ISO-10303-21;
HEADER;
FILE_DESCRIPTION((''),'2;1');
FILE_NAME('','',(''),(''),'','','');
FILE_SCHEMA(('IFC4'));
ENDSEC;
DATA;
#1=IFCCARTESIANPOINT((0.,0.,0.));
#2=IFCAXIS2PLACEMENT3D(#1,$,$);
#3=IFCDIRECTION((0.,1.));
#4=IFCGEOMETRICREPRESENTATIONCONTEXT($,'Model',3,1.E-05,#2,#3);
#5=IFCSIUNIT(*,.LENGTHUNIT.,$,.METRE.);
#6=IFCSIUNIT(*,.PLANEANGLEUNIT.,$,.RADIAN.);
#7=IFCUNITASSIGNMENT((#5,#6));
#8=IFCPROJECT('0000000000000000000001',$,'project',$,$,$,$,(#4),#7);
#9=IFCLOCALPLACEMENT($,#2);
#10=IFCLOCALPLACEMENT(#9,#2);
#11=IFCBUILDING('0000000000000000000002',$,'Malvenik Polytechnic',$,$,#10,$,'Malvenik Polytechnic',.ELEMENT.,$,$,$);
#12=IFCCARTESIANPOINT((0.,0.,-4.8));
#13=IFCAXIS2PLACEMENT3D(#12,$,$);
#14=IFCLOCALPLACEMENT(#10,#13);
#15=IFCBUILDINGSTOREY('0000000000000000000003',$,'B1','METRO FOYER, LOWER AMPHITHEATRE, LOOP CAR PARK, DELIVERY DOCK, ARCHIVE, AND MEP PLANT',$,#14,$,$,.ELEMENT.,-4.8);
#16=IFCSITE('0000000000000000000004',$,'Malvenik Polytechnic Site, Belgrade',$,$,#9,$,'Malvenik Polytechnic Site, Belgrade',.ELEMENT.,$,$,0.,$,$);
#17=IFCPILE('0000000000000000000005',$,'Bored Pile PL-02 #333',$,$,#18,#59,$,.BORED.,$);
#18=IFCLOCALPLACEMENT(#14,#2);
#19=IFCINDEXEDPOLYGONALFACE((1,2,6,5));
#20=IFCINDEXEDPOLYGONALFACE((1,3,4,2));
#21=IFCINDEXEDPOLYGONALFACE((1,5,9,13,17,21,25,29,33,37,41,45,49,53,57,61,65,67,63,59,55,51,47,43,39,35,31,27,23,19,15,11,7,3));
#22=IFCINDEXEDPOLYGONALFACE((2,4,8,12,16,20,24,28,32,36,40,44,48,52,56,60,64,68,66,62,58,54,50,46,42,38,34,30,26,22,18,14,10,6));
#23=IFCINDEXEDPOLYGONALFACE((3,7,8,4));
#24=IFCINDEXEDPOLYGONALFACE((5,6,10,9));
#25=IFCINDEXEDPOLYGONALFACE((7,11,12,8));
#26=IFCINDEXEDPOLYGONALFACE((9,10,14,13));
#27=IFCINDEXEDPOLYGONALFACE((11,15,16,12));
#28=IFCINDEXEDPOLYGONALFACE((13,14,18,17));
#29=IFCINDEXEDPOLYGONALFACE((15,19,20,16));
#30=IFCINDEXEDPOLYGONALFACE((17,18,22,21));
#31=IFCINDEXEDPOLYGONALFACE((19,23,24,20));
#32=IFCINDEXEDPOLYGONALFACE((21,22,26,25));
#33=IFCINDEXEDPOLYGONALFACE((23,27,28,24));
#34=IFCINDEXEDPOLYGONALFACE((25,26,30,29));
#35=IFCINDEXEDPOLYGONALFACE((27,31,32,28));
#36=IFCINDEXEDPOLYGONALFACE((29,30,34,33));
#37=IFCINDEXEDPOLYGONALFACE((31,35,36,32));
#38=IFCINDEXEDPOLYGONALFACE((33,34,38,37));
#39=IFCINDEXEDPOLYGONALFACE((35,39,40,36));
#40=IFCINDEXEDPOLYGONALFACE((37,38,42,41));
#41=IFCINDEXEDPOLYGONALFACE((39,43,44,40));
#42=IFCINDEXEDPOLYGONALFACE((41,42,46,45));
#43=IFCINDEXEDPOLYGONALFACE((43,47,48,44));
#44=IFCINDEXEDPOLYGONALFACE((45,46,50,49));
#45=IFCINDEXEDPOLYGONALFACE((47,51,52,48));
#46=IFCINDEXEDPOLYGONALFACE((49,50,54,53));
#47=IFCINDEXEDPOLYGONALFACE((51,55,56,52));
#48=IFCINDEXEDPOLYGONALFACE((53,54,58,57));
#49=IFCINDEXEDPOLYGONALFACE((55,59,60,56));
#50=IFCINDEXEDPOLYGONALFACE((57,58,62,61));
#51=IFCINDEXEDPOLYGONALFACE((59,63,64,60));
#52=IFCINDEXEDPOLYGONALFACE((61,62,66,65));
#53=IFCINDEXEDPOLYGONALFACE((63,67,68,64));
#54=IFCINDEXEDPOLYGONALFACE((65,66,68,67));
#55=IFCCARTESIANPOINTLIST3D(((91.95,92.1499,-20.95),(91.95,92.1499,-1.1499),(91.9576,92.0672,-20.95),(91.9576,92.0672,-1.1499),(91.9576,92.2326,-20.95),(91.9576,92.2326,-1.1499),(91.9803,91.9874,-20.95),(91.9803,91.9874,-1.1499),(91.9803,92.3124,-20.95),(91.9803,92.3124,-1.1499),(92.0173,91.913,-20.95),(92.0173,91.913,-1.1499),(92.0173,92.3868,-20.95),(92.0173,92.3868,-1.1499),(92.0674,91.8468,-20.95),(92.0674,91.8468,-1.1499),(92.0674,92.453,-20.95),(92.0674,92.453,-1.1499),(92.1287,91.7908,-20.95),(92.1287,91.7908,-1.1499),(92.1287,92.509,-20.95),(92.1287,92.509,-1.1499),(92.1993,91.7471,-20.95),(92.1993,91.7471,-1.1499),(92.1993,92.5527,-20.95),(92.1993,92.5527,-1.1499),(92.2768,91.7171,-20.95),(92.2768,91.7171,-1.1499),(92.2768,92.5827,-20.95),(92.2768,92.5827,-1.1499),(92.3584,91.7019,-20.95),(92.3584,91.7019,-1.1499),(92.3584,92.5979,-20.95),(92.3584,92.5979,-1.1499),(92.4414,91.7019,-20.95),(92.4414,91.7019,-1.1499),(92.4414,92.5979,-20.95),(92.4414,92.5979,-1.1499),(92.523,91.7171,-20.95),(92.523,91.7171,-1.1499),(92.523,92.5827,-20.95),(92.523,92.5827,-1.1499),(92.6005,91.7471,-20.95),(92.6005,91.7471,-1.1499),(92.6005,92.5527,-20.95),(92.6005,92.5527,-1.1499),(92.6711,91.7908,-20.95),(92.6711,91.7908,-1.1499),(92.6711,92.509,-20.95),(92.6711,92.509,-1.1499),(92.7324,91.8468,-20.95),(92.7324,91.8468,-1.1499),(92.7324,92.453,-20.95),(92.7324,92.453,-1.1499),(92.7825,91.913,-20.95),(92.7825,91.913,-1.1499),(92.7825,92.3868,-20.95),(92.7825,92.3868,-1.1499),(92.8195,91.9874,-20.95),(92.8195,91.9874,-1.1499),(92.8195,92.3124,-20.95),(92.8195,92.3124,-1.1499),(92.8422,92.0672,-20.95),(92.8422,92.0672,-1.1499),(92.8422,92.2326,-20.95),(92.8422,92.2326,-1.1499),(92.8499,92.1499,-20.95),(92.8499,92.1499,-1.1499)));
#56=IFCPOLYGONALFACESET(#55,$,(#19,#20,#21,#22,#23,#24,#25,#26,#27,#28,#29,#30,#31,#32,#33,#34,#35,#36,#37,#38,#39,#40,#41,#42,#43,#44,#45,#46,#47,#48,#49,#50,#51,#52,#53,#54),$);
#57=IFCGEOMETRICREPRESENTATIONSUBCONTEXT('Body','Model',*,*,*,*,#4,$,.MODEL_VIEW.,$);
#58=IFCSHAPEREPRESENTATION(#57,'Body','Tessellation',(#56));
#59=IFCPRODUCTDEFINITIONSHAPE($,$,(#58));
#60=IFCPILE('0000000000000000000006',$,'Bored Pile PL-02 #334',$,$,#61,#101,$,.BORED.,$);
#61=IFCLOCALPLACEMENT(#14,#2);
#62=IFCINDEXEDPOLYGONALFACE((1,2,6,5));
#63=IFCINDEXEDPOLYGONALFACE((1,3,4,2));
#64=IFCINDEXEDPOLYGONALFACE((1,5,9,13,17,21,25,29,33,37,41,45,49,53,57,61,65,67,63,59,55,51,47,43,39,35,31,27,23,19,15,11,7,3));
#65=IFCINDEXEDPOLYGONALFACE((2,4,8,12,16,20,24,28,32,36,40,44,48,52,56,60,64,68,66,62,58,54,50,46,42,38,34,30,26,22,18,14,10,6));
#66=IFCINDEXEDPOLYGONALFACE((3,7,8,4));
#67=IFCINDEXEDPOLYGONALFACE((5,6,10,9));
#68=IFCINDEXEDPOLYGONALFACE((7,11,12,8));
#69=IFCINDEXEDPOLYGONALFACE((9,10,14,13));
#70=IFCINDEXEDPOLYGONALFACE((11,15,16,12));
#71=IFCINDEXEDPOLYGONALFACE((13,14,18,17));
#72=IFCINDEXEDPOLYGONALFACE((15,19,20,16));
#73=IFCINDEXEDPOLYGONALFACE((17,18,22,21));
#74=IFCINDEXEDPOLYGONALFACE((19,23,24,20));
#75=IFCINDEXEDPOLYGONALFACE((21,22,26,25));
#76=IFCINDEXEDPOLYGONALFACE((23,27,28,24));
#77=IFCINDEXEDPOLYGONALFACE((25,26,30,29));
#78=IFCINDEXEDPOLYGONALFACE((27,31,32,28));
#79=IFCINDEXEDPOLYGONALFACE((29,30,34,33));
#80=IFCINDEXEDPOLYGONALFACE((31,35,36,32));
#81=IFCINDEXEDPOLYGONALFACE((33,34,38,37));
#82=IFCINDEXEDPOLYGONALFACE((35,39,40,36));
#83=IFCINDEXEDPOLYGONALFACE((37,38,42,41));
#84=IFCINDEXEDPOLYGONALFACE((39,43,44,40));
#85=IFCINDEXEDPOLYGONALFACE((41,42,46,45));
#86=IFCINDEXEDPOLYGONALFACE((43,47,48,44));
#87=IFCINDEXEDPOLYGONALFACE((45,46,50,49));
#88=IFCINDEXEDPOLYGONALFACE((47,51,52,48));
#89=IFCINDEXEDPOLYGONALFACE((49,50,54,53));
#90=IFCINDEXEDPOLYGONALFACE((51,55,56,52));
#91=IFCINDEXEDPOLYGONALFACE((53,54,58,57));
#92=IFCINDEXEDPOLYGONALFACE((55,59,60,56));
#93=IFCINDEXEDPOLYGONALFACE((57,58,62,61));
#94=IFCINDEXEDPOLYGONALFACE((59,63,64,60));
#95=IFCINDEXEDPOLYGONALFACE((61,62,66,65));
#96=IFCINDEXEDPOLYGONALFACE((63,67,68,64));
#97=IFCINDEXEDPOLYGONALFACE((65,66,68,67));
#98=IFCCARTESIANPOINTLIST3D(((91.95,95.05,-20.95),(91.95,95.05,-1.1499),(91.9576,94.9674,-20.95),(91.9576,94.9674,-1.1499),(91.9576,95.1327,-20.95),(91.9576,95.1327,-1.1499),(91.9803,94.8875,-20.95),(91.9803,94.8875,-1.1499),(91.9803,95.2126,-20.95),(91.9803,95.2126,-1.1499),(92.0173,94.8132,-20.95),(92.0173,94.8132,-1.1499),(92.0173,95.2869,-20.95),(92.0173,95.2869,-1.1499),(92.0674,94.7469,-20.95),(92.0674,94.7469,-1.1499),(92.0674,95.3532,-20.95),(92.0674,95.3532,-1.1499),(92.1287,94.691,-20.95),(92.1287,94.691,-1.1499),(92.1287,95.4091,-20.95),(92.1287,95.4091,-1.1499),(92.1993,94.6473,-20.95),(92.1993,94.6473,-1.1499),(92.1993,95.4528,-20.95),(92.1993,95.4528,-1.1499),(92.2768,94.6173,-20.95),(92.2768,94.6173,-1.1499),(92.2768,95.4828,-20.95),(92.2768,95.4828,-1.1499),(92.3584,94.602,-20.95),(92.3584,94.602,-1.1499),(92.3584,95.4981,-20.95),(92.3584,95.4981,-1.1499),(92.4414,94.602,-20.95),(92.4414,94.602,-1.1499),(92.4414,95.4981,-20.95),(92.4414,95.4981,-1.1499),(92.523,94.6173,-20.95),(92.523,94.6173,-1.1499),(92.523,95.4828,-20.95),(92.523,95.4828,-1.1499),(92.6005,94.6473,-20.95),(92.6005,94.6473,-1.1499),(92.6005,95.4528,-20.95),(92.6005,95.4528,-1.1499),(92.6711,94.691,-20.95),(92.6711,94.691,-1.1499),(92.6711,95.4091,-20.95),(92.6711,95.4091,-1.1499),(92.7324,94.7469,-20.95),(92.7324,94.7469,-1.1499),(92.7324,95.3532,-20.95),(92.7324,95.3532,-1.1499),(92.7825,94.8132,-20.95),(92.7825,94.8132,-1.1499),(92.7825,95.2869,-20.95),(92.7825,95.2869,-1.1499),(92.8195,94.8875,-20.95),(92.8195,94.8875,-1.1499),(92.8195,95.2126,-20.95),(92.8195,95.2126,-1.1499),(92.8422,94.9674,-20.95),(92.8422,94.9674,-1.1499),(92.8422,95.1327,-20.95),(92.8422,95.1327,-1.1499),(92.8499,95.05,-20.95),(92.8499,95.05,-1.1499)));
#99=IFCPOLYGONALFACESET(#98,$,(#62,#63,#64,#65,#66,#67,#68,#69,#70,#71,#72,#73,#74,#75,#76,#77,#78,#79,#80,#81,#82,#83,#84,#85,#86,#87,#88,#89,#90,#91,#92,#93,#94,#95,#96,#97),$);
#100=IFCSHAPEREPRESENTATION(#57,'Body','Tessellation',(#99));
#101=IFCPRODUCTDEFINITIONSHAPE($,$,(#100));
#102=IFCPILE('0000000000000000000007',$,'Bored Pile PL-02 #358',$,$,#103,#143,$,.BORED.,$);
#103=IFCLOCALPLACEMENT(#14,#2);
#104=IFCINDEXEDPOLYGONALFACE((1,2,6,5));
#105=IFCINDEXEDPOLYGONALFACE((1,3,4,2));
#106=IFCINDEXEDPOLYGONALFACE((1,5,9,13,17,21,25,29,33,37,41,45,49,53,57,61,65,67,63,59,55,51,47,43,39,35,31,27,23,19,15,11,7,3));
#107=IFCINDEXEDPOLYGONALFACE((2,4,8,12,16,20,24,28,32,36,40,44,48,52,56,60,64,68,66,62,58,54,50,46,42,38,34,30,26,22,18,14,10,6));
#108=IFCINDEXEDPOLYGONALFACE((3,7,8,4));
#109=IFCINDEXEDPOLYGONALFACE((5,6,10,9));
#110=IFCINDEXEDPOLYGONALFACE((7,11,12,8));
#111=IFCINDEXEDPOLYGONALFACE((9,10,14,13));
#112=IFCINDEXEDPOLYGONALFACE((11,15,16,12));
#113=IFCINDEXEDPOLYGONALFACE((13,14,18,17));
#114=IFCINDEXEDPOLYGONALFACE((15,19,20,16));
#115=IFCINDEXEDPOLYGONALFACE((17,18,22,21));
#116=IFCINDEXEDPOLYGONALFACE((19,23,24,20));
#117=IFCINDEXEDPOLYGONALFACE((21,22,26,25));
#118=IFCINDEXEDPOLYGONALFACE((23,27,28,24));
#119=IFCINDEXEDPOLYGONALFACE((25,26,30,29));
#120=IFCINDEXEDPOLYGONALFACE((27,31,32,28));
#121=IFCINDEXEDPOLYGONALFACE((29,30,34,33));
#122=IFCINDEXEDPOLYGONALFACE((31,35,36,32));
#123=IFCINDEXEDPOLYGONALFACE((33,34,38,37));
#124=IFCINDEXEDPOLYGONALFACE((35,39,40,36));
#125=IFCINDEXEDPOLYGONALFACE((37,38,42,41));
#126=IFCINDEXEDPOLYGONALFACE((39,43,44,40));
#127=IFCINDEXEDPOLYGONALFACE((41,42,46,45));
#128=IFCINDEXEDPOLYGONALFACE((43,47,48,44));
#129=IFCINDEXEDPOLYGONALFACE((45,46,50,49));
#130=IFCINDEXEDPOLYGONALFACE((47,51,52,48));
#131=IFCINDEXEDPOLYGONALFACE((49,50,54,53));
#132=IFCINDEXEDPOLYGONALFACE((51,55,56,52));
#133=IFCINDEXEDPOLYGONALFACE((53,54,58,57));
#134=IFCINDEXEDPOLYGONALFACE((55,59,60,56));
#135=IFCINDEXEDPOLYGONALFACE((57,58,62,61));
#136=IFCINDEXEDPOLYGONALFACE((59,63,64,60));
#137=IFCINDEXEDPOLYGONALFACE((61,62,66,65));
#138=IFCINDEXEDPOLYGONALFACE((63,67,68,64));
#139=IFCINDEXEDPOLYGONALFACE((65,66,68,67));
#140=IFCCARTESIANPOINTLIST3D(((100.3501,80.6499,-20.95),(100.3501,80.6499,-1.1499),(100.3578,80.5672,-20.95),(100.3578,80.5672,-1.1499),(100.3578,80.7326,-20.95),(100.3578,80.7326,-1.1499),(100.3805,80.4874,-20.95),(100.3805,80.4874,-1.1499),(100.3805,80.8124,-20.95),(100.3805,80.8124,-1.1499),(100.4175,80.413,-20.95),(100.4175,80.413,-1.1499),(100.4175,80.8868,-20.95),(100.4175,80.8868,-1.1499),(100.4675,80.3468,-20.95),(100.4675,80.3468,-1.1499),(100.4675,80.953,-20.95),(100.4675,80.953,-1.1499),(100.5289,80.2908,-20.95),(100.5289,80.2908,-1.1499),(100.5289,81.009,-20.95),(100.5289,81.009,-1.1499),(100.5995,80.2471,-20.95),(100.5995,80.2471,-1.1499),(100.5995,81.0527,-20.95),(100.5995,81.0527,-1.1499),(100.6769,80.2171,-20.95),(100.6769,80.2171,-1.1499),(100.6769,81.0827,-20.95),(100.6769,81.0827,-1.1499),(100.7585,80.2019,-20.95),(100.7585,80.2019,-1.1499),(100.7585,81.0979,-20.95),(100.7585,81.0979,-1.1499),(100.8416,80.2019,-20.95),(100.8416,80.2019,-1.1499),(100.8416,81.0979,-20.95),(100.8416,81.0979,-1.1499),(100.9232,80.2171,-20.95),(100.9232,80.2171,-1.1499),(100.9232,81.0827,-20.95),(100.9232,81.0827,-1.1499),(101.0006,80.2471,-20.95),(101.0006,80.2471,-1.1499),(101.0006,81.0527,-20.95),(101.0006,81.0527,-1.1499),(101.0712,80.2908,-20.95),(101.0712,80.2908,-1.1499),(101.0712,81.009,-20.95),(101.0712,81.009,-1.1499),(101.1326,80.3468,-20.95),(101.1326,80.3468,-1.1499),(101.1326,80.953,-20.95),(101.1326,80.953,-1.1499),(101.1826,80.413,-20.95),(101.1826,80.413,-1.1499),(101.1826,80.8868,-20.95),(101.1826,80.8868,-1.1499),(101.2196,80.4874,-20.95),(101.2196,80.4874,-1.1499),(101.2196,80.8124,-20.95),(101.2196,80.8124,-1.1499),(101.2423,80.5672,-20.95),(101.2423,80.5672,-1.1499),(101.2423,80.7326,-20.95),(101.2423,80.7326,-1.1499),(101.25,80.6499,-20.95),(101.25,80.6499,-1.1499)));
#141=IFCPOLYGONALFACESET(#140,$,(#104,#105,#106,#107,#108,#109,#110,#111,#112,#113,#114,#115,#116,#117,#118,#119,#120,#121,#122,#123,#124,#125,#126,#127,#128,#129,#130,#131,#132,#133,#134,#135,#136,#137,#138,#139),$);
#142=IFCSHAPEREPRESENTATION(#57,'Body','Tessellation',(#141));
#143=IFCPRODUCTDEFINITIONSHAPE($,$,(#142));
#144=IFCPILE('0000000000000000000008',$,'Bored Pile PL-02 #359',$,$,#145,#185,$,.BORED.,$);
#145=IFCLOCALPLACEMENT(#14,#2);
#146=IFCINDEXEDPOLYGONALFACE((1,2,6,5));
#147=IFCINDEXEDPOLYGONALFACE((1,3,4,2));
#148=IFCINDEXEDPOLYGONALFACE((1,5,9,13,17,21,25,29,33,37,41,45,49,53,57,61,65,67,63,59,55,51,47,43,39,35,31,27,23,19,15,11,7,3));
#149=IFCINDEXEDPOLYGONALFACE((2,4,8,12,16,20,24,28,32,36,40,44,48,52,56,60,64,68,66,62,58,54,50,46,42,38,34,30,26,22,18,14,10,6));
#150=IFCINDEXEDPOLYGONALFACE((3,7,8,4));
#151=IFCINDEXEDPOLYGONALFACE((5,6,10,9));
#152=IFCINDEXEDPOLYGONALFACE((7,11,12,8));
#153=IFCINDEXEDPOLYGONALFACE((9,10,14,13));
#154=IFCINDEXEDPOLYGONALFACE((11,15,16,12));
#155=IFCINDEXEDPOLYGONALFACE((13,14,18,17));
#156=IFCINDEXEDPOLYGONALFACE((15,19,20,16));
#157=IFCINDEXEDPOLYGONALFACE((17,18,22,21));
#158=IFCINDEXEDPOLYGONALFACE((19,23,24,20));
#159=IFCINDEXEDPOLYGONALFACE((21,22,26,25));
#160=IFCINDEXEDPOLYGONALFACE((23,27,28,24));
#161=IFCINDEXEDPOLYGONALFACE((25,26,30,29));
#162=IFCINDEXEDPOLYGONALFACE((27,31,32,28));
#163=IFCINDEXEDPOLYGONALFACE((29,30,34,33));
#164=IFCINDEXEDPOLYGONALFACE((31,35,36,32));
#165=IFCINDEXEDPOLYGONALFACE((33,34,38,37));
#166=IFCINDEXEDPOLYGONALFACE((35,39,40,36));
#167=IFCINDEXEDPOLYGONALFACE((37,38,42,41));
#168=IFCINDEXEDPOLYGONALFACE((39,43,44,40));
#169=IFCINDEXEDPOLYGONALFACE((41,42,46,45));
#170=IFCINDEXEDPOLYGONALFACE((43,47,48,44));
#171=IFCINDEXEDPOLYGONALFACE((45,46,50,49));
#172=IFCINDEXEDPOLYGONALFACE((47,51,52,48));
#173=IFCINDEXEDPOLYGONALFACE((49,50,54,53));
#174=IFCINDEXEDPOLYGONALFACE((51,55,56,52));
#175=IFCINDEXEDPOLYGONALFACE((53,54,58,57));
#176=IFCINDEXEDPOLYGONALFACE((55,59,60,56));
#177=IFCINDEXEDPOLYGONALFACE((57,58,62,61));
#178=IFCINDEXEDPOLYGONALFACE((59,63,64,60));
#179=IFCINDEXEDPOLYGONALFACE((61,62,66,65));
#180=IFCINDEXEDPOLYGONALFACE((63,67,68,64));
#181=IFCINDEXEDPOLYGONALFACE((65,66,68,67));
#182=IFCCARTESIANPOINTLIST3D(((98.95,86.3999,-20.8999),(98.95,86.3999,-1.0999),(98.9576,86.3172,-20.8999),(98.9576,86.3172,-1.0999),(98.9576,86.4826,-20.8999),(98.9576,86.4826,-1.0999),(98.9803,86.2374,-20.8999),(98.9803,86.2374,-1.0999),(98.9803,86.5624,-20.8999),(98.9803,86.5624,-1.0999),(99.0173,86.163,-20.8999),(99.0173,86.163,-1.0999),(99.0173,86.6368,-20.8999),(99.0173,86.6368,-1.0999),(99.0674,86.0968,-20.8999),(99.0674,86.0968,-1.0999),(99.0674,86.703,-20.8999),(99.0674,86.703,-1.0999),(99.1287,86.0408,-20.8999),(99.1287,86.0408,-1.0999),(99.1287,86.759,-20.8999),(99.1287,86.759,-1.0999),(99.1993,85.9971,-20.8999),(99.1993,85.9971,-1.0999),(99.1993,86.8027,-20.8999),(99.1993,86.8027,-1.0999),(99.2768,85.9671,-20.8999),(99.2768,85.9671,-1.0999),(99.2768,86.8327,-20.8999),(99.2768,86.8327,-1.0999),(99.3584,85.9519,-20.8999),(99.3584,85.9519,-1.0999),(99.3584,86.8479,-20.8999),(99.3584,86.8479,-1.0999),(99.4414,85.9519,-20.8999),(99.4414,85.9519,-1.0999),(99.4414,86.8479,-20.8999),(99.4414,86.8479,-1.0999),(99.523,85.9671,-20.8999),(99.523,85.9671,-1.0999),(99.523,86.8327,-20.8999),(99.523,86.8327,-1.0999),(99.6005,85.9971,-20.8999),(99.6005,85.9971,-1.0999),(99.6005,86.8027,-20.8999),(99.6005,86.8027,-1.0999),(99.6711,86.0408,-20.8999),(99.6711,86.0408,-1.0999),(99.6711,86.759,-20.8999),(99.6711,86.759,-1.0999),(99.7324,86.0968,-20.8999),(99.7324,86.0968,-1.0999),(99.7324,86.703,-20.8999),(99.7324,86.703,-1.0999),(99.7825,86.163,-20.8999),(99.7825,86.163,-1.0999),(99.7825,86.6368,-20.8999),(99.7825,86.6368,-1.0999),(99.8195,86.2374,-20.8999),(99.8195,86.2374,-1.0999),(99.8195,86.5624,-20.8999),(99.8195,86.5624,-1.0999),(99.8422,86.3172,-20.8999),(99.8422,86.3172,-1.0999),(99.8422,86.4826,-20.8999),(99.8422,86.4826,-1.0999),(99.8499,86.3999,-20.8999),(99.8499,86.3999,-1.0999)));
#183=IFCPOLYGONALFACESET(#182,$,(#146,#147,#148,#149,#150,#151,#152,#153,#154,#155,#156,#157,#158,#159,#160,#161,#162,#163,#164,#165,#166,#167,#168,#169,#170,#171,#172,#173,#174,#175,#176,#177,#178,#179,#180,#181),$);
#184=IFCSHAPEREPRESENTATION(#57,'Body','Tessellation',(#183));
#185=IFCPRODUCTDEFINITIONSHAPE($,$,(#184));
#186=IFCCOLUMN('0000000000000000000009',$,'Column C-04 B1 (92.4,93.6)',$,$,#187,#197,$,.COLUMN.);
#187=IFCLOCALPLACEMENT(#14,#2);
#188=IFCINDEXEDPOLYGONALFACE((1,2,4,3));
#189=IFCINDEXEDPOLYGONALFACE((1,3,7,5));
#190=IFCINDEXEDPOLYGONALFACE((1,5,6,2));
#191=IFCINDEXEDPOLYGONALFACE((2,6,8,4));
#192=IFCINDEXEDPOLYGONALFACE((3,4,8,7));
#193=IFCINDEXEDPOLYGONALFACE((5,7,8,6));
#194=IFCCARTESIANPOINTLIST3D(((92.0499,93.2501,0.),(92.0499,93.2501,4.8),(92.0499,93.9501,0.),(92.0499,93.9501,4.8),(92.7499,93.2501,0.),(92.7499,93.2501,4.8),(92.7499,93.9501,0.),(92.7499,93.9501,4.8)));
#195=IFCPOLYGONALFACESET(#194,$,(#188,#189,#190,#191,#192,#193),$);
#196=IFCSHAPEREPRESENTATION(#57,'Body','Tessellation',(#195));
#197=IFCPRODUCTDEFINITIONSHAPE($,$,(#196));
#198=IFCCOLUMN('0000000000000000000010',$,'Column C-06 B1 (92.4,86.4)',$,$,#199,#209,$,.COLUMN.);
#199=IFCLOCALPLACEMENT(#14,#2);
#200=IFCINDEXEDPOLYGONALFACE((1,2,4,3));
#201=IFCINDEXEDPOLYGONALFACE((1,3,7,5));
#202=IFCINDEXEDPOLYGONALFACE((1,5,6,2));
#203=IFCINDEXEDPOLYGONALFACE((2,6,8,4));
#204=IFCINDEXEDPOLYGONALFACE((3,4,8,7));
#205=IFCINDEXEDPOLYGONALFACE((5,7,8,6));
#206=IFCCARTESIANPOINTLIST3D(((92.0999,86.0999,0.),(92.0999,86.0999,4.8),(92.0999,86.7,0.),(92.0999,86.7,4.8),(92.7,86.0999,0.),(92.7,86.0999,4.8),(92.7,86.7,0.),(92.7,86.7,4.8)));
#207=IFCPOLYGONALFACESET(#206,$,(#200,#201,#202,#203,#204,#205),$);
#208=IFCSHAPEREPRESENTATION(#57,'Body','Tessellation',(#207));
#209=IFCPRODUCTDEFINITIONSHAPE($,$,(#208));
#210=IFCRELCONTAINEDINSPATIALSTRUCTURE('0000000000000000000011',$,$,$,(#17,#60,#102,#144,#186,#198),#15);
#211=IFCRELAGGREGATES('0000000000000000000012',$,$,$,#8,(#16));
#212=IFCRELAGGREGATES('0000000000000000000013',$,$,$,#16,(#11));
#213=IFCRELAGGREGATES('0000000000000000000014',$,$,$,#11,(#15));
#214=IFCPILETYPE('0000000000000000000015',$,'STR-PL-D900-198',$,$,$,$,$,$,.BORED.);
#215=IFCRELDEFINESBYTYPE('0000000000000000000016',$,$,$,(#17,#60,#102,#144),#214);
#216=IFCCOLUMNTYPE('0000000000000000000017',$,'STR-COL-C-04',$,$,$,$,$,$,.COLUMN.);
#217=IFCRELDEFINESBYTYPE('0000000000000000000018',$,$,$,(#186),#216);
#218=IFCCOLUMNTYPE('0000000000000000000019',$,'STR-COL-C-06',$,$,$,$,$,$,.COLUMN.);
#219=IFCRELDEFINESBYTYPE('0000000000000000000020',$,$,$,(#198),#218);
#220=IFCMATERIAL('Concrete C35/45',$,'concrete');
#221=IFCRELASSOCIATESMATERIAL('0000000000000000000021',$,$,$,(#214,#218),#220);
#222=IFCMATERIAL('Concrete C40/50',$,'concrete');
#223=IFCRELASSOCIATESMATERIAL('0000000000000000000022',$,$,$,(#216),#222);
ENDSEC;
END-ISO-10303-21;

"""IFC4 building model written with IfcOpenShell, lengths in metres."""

from ifc_helpers import new_model, si_unit, direction, frame, origin, origin_2d, place, context, subcontext, project, spatial, rectangle, circle, extrude, material, material_profile, profile_set, type_object, element, save


model = new_model("IFC4")

# Units and contexts
model_context = context("Model", 3, precision=1e-05, world=origin(), true_north=direction((0.0, 1.0)))
body_context = subcontext(model_context, "Body", "Model", "MODEL_VIEW")
ifc_project = project(units=[si_unit("LENGTHUNIT", "METRE"), si_unit("PLANEANGLEUNIT", "RADIAN")], contexts=[model_context])

# Site, building, storey
site_placement = place(None, origin())
site = spatial("IfcSite", under=ifc_project, at=site_placement, Name="Malvenik Polytechnic Site, Belgrade", LongName="Malvenik Polytechnic Site, Belgrade", CompositionType="ELEMENT", RefElevation=0.0)
building_placement = place(site_placement, origin())
building = spatial("IfcBuilding", under=site, at=building_placement, Name="Malvenik Polytechnic", LongName="Malvenik Polytechnic", CompositionType="ELEMENT")
storey_placement = place(building_placement, frame((0.0, 0.0, -4.8)))
storey = spatial("IfcBuildingStorey", under=building, at=storey_placement, Name="B1", Description="METRO FOYER, LOWER AMPHITHEATRE, LOOP CAR PARK, DELIVERY DOCK, ARCHIVE, AND MEP PLANT", CompositionType="ELEMENT", Elevation=-4.8)

# Shared definitions
ifc_material_1 = material(Name="Concrete C35/45", Category="concrete")

# Piles
ifc_material_profile_1 = material_profile(ifc_material_1, circle(Radius=0.45, at=origin_2d()), Name="BORED PILE D900")
ifc_profile_set_1 = profile_set([ifc_material_profile_1], Name="Concrete C35/45")
pile_type = type_object("IfcPileType", Name="STR-PL-D900-198", PredefinedType="BORED", material=ifc_profile_set_1)
for number, where, z_axis, x_axis, name in (
    (1, (92.3999, 92.1499, -1.1499), (0.0, 0.0, -1.0), (1.0, 0.0, 0.0), "Bored Pile PL-02 #333"),
    (2, (92.3999, 95.05, -1.1499), (0.0, 0.0, -1.0), (1.0, 0.0, 0.0), "Bored Pile PL-02 #334"),
    (3, (100.8, 80.6499, -1.1499), (0.0, 0.0, -1.0), (1.0, 0.0, 0.0), "Bored Pile PL-02 #358"),
    (4, (99.3999, 86.3999, -1.0999), (0.0, 0.0, -1.0), (1.0, 0.0, 0.0), "Bored Pile PL-02 #359"),
):
    element("IfcPile", number, at=place(storey_placement, frame(where, z_axis=z_axis, x_axis=x_axis)), inside=storey, type_object=pile_type, Name=name, PredefinedType="BORED", context=body_context, shape_type="SweptSolid", body=[
        extrude(circle(Radius=0.45, at=origin_2d()), origin(), (0.0, 0.0, 1.0), 19.8),
    ])

# Columns
ifc_material_2 = material(Name="Concrete C40/50", Category="concrete")
ifc_material_profile_2 = material_profile(ifc_material_2, rectangle(XDim=0.7, YDim=0.7, at=origin_2d()), Name="RC COL 700x700")
ifc_profile_set_2 = profile_set([ifc_material_profile_2], Name="Concrete C40/50")
column_type_1 = type_object("IfcColumnType", Name="STR-COL-C-04", PredefinedType="COLUMN", material=ifc_profile_set_2)
column_placement = place(storey_placement, frame((92.3999, 93.6001, 0.0), z_axis=(0.0, 0.0, 1.0), x_axis=(1.0, 0.0, 0.0)))
element("IfcColumn", 5, at=column_placement, inside=storey, type_object=column_type_1, Name="Column C-04 B1 (92.4,93.6)", PredefinedType="COLUMN", context=body_context, shape_type="SweptSolid", body=[
    extrude(rectangle(XDim=0.7, YDim=0.7, at=origin_2d()), origin(), (0.0, 0.0, 1.0), 4.8),
])
ifc_material_profile_3 = material_profile(ifc_material_1, rectangle(XDim=0.6001, YDim=0.6001, at=origin_2d()), Name="RC COL 600x600")
ifc_profile_set_3 = profile_set([ifc_material_profile_3], Name="Concrete C35/45")
column_type_2 = type_object("IfcColumnType", Name="STR-COL-C-06", PredefinedType="COLUMN", material=ifc_profile_set_3)
for number, where, z_axis, x_axis, name in (
    (6, (92.3999, 86.3999, 0.0), (0.0, 0.0, 1.0), (1.0, 0.0, 0.0), "Column C-06 B1 (92.4,86.4)"),
):
    element("IfcColumn", number, at=place(storey_placement, frame(where, z_axis=z_axis, x_axis=x_axis)), inside=storey, type_object=column_type_2, Name=name, PredefinedType="COLUMN", context=body_context, shape_type="SweptSolid", body=[
        extrude(rectangle(XDim=0.6001, YDim=0.6001, at=origin_2d()), origin(), (0.0, 0.0, 1.0), 4.8),
    ])

save(model, "model.ifc")
